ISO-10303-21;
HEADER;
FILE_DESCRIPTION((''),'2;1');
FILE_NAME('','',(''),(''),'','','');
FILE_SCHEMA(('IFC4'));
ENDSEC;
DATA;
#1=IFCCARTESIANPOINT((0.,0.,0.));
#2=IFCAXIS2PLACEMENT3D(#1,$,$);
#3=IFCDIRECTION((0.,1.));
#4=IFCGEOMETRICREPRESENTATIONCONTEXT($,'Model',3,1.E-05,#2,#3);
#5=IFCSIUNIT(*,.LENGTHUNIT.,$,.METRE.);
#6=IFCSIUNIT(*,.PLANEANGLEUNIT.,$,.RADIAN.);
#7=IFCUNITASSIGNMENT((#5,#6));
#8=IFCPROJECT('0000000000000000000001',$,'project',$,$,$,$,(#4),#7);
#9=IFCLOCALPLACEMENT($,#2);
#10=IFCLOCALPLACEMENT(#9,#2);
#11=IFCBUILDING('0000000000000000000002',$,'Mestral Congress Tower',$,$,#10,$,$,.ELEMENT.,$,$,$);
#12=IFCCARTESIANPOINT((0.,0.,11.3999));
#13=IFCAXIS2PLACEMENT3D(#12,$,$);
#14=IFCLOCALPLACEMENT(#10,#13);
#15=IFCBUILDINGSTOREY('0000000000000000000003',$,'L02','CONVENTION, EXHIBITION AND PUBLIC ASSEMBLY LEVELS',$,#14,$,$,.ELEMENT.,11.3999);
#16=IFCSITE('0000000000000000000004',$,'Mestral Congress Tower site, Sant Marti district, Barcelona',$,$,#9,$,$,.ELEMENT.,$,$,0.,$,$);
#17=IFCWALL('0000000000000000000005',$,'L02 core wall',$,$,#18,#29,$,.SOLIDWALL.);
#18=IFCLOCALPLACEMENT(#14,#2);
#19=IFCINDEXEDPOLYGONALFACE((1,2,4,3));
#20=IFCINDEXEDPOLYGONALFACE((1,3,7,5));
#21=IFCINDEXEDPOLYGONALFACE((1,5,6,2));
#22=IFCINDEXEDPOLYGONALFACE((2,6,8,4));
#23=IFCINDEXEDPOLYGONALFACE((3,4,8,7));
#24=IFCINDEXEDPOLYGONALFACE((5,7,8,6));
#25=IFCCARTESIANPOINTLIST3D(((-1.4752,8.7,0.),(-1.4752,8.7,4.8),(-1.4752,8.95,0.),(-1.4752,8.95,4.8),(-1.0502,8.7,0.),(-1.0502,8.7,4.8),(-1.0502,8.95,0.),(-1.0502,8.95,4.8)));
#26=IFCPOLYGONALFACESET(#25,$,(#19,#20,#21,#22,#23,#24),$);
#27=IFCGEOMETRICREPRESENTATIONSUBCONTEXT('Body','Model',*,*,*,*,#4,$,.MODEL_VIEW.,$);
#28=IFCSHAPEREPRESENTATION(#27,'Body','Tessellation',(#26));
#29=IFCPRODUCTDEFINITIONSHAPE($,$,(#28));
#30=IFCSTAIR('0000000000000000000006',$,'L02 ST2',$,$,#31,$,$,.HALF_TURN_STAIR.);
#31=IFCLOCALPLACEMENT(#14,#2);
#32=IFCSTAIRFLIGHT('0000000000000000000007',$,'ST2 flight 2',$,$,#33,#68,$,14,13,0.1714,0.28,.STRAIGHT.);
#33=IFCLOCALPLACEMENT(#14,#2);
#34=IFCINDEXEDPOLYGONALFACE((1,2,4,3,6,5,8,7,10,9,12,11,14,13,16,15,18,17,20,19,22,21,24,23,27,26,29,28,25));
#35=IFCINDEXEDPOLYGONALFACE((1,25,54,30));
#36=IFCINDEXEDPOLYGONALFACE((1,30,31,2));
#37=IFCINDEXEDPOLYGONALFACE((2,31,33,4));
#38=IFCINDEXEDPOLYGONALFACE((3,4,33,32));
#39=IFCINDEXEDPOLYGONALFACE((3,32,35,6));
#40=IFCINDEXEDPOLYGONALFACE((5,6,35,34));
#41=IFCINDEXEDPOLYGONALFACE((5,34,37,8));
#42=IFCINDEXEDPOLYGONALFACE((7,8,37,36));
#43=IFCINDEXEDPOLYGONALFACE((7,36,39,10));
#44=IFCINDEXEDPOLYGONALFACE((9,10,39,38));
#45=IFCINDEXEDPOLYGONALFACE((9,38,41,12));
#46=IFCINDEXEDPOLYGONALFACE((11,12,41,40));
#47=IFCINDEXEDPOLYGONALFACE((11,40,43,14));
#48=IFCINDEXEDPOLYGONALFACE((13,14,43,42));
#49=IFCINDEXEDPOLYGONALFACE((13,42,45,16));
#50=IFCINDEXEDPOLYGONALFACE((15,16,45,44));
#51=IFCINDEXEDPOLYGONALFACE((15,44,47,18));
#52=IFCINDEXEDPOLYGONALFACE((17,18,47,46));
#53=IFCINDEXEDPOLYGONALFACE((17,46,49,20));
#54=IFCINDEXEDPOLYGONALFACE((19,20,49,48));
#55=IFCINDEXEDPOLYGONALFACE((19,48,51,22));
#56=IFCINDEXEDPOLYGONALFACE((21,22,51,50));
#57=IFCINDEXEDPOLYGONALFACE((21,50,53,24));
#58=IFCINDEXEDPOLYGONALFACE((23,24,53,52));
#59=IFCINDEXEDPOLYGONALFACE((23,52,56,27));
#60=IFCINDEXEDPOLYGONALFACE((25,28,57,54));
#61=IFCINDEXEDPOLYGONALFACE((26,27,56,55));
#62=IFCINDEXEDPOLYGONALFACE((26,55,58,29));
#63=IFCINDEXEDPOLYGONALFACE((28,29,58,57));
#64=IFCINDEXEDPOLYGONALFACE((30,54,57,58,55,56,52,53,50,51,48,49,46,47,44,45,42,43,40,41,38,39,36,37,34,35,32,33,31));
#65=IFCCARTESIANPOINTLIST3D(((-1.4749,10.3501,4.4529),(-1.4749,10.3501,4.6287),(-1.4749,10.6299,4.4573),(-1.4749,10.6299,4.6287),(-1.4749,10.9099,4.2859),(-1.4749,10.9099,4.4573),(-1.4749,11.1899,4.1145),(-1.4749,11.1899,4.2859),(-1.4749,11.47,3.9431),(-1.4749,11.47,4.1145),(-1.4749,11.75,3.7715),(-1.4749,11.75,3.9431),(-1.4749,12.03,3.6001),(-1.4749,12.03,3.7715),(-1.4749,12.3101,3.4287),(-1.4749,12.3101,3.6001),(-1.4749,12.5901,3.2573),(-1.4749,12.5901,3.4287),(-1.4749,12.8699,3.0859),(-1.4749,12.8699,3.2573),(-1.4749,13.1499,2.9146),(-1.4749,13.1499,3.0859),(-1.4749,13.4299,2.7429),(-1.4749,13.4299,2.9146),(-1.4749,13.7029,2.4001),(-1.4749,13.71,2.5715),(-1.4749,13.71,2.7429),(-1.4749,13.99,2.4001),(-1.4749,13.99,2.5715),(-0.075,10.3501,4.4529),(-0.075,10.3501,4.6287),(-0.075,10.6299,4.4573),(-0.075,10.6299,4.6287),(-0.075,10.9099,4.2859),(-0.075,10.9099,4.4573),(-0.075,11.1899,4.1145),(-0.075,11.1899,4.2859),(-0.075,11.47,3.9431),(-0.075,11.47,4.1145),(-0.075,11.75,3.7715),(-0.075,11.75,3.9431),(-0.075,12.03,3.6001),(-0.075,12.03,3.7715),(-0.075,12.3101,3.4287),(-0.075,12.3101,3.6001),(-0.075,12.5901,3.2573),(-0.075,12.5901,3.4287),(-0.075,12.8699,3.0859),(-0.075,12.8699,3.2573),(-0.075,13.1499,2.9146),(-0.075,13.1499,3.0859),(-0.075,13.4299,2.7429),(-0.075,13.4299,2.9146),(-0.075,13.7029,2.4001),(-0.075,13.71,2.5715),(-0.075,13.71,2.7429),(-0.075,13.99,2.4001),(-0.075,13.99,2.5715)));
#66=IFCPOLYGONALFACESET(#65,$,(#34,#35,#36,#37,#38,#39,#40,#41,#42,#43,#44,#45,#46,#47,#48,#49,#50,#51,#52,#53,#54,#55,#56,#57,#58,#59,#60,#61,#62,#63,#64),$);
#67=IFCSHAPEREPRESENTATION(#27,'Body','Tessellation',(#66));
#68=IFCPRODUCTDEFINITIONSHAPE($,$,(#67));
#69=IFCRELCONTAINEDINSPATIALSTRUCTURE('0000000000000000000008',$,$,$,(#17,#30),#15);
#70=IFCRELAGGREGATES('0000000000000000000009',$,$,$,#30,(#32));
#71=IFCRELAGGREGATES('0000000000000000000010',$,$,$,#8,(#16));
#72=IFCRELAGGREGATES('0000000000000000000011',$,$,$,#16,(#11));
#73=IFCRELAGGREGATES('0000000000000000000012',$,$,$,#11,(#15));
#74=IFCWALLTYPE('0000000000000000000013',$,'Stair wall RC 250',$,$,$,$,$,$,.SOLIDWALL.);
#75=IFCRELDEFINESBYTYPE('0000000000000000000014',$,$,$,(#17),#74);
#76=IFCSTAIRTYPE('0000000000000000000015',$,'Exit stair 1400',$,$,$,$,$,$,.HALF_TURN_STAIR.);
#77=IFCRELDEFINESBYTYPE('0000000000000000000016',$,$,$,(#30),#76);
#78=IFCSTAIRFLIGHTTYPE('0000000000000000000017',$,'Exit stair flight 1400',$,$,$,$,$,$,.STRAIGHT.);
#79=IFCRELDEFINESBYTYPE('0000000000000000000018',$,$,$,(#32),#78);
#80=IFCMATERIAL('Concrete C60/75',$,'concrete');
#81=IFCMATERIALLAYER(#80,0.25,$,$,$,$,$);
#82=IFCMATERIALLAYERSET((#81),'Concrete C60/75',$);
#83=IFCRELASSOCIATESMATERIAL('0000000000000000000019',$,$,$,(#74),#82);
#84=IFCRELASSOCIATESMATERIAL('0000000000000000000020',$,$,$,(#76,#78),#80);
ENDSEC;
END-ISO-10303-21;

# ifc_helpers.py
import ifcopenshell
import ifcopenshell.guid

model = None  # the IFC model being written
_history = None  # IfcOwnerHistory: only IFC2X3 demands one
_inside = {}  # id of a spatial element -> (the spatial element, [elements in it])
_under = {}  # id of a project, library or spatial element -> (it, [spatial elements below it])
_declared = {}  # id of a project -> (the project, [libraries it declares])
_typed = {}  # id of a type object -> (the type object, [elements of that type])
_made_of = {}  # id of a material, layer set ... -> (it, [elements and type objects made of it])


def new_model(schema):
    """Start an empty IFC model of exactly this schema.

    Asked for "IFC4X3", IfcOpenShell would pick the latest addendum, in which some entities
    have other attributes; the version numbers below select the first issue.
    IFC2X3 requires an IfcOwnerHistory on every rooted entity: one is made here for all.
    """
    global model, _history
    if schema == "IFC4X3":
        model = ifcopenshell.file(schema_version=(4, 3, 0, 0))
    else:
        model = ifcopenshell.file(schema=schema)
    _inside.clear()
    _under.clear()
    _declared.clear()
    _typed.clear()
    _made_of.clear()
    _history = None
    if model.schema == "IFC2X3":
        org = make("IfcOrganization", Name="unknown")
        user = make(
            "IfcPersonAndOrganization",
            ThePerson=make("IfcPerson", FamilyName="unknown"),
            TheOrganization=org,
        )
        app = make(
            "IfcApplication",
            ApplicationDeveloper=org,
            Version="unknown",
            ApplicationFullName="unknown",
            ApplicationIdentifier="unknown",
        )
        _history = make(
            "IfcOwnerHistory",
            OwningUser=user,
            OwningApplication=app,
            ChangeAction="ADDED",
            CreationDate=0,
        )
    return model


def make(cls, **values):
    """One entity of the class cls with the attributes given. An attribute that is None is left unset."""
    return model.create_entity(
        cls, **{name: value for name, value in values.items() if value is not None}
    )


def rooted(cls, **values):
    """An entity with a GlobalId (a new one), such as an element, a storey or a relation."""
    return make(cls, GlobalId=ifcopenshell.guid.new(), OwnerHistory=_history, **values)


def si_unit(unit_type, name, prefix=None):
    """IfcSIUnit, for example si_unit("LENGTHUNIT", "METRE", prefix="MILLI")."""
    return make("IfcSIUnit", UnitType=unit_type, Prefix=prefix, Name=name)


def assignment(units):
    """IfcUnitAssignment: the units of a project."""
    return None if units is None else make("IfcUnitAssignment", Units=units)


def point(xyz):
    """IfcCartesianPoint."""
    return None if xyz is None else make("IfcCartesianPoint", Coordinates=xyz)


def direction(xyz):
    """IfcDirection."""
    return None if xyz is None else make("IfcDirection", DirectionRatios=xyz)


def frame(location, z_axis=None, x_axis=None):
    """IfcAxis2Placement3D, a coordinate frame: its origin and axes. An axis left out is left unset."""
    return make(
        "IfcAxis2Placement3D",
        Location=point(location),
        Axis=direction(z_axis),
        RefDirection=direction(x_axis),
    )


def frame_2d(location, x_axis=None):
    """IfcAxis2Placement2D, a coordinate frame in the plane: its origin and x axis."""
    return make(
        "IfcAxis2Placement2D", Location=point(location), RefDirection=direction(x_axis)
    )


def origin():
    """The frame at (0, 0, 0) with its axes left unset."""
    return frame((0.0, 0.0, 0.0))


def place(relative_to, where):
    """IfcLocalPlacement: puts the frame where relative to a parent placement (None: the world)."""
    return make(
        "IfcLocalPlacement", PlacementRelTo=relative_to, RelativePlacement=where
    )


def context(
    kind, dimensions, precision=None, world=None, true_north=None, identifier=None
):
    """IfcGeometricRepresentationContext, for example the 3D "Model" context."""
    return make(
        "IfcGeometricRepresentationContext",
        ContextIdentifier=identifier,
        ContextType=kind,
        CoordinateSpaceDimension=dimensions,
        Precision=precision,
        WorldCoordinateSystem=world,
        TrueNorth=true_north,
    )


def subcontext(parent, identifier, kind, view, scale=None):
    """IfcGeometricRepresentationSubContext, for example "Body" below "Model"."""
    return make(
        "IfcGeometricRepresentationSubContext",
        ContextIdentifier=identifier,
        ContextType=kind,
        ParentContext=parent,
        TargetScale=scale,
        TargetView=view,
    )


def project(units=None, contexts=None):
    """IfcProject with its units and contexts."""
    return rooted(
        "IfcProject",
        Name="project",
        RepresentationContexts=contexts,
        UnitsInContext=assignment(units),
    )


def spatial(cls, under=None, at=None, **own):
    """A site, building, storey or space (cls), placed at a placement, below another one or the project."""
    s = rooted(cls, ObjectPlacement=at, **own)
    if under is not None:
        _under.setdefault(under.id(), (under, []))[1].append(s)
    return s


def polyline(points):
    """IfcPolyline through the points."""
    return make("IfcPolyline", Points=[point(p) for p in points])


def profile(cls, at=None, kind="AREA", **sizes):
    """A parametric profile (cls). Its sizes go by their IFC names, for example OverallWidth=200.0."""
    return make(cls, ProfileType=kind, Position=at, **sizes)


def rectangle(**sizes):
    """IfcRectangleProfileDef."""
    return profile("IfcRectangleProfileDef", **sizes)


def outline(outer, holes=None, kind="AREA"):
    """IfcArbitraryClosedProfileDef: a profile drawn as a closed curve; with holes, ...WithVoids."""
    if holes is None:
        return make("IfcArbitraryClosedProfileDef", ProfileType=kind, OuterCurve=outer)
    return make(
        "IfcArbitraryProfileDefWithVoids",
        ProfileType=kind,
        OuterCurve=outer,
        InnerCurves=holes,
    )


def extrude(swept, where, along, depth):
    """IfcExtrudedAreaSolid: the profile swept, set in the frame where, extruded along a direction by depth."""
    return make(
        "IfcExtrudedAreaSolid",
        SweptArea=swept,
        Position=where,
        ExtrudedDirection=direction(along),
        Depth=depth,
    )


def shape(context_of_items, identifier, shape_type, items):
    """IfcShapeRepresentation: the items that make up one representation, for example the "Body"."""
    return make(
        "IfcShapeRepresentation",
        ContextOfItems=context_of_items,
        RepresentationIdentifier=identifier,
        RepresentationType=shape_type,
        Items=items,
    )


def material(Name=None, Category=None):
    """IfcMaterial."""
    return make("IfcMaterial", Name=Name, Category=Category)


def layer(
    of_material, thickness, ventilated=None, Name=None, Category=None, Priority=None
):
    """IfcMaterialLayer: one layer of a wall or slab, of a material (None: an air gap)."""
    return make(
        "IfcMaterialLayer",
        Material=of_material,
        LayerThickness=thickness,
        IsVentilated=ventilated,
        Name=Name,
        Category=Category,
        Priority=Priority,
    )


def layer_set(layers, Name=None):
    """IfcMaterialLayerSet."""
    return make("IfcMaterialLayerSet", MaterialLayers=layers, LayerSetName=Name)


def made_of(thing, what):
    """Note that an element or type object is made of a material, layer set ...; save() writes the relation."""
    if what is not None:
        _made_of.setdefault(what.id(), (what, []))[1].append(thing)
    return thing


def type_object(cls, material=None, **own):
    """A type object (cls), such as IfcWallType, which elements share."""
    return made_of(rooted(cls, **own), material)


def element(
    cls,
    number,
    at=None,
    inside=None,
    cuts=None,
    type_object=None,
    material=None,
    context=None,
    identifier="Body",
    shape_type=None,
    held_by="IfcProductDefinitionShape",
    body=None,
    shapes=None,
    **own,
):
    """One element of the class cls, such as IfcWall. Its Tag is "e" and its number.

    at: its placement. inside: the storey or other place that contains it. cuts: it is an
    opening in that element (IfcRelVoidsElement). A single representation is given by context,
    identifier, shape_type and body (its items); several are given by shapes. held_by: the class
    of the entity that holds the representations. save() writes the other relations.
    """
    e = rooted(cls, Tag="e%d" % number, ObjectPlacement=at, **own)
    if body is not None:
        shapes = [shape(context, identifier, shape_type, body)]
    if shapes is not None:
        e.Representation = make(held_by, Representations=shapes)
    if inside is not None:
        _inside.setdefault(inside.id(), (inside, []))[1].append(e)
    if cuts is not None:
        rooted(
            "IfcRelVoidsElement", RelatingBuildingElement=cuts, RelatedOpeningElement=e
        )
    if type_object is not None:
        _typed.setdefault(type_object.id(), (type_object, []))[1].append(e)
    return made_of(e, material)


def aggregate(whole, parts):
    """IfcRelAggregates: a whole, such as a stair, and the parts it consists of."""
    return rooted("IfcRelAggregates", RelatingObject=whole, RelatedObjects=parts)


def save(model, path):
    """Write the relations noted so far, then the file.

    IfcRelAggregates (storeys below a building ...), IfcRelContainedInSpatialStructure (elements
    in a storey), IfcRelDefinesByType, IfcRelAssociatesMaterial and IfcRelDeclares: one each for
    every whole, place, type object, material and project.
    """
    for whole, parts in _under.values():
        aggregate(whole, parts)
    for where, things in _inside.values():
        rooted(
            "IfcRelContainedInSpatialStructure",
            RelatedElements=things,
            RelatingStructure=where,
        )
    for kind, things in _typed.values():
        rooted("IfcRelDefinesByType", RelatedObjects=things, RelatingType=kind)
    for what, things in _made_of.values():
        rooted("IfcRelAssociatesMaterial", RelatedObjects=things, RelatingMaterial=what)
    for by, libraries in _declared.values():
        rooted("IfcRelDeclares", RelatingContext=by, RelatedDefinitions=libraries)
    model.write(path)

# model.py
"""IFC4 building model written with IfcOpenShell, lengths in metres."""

from ifc_helpers import new_model, si_unit, direction, frame, frame_2d, origin, place, context, subcontext, project, spatial, polyline, rectangle, outline, extrude, material, layer, layer_set, type_object, element, aggregate, save


model = new_model("IFC4")

# Units and contexts
model_context = context("Model", 3, precision=1e-05, world=origin(), true_north=direction((0.0, 1.0)))
body_context = subcontext(model_context, "Body", "Model", "MODEL_VIEW")
ifc_project = project(units=[si_unit("LENGTHUNIT", "METRE"), si_unit("PLANEANGLEUNIT", "RADIAN")], contexts=[model_context])

# Site, building, storey
site_placement = place(None, origin())
site = spatial("IfcSite", under=ifc_project, at=site_placement, Name="Mestral Congress Tower site, Sant Marti district, Barcelona", CompositionType="ELEMENT", RefElevation=0.0)
building_placement = place(site_placement, origin())
building = spatial("IfcBuilding", under=site, at=building_placement, Name="Mestral Congress Tower", CompositionType="ELEMENT")
storey_placement = place(building_placement, frame((0.0, 0.0, 11.3999)))
storey = spatial("IfcBuildingStorey", under=building, at=storey_placement, Name="L02", Description="CONVENTION, EXHIBITION AND PUBLIC ASSEMBLY LEVELS", CompositionType="ELEMENT", Elevation=11.3999)

# Shared definitions
ifc_material_1 = material(Name="Concrete C60/75", Category="concrete")

# Wall
ifc_layer_1 = layer(ifc_material_1, 0.25)
ifc_layer_set_1 = layer_set([ifc_layer_1], Name="Concrete C60/75")
wall_type_1 = type_object("IfcWallType", Name="Stair wall RC 250", PredefinedType="SOLIDWALL", material=ifc_layer_set_1)
wall_1_placement = place(storey_placement, frame((-1.4751, 8.825, 0.0), z_axis=(0.0, 0.0, 1.0), x_axis=(1.0, 0.0, 0.0)))
element("IfcWall", 1, at=wall_1_placement, inside=storey, type_object=wall_type_1, Name="L02 core wall", PredefinedType="SOLIDWALL", context=body_context, shape_type="SweptSolid", body=[
    extrude(rectangle(XDim=0.425, YDim=0.25, at=frame_2d((0.2124, 0.0))), origin(), (0.0, 0.0, 1.0), 4.8),
])

# Stair, stair flight
stair_type = type_object("IfcStairType", Name="Exit stair 1400", PredefinedType="HALF_TURN_STAIR", material=ifc_material_1)
stair_placement = place(storey_placement, origin())
stair = element("IfcStair", 2, at=stair_placement, inside=storey, type_object=stair_type, Name="L02 ST2", PredefinedType="HALF_TURN_STAIR")
stair_flight_type = type_object("IfcStairFlightType", Name="Exit stair flight 1400", PredefinedType="STRAIGHT", material=ifc_material_1)
stair_flight_placement = place(storey_placement, frame((-0.7749, 13.99, 2.4001), z_axis=(0.0, 0.0, 1.0), x_axis=(0.0, -1.0, 0.0)))
stair_flight = element("IfcStairFlight", 3, at=stair_flight_placement, type_object=stair_flight_type, Name="ST2 flight 2", NumberOfRisers=14, NumberOfTreads=13, PredefinedType="STRAIGHT", RiserHeight=0.1714, TreadLength=0.28, context=body_context, shape_type="SweptSolid", body=[
    extrude(outline(polyline([(0.0, 0.0), (0.0, 0.1714), (0.28, 0.1714), (0.28, 0.3428), (0.5601, 0.3428), (0.5601, 0.5144), (0.8401, 0.5144), (0.8401, 0.6858), (1.1201, 0.6858), (1.1201, 0.8572), (1.3999, 0.8572), (1.3999, 1.0286), (1.6799, 1.0286), (1.6799, 1.2), (1.96, 1.2), (1.96, 1.3713), (2.24, 1.3713), (2.24, 1.543), (2.52, 1.543), (2.52, 1.7144), (2.8, 1.7144), (2.8, 1.8857), (3.0801, 1.8857), (3.0801, 2.0571), (3.3601, 2.0571), (3.3601, 2.2285), (3.6399, 2.2285), (3.6399, 2.3999), (3.6399, 2.0527), (0.2871, 0.0), (0.0, 0.0)])), frame((0.0, 0.7, 0.0), z_axis=(0.0, -1.0, 0.0), x_axis=(1.0, 0.0, 0.0)), (0.0, 0.0, 1.0), 1.3999),
])
aggregate(stair, [stair_flight])

save(model, "model.ifc")
